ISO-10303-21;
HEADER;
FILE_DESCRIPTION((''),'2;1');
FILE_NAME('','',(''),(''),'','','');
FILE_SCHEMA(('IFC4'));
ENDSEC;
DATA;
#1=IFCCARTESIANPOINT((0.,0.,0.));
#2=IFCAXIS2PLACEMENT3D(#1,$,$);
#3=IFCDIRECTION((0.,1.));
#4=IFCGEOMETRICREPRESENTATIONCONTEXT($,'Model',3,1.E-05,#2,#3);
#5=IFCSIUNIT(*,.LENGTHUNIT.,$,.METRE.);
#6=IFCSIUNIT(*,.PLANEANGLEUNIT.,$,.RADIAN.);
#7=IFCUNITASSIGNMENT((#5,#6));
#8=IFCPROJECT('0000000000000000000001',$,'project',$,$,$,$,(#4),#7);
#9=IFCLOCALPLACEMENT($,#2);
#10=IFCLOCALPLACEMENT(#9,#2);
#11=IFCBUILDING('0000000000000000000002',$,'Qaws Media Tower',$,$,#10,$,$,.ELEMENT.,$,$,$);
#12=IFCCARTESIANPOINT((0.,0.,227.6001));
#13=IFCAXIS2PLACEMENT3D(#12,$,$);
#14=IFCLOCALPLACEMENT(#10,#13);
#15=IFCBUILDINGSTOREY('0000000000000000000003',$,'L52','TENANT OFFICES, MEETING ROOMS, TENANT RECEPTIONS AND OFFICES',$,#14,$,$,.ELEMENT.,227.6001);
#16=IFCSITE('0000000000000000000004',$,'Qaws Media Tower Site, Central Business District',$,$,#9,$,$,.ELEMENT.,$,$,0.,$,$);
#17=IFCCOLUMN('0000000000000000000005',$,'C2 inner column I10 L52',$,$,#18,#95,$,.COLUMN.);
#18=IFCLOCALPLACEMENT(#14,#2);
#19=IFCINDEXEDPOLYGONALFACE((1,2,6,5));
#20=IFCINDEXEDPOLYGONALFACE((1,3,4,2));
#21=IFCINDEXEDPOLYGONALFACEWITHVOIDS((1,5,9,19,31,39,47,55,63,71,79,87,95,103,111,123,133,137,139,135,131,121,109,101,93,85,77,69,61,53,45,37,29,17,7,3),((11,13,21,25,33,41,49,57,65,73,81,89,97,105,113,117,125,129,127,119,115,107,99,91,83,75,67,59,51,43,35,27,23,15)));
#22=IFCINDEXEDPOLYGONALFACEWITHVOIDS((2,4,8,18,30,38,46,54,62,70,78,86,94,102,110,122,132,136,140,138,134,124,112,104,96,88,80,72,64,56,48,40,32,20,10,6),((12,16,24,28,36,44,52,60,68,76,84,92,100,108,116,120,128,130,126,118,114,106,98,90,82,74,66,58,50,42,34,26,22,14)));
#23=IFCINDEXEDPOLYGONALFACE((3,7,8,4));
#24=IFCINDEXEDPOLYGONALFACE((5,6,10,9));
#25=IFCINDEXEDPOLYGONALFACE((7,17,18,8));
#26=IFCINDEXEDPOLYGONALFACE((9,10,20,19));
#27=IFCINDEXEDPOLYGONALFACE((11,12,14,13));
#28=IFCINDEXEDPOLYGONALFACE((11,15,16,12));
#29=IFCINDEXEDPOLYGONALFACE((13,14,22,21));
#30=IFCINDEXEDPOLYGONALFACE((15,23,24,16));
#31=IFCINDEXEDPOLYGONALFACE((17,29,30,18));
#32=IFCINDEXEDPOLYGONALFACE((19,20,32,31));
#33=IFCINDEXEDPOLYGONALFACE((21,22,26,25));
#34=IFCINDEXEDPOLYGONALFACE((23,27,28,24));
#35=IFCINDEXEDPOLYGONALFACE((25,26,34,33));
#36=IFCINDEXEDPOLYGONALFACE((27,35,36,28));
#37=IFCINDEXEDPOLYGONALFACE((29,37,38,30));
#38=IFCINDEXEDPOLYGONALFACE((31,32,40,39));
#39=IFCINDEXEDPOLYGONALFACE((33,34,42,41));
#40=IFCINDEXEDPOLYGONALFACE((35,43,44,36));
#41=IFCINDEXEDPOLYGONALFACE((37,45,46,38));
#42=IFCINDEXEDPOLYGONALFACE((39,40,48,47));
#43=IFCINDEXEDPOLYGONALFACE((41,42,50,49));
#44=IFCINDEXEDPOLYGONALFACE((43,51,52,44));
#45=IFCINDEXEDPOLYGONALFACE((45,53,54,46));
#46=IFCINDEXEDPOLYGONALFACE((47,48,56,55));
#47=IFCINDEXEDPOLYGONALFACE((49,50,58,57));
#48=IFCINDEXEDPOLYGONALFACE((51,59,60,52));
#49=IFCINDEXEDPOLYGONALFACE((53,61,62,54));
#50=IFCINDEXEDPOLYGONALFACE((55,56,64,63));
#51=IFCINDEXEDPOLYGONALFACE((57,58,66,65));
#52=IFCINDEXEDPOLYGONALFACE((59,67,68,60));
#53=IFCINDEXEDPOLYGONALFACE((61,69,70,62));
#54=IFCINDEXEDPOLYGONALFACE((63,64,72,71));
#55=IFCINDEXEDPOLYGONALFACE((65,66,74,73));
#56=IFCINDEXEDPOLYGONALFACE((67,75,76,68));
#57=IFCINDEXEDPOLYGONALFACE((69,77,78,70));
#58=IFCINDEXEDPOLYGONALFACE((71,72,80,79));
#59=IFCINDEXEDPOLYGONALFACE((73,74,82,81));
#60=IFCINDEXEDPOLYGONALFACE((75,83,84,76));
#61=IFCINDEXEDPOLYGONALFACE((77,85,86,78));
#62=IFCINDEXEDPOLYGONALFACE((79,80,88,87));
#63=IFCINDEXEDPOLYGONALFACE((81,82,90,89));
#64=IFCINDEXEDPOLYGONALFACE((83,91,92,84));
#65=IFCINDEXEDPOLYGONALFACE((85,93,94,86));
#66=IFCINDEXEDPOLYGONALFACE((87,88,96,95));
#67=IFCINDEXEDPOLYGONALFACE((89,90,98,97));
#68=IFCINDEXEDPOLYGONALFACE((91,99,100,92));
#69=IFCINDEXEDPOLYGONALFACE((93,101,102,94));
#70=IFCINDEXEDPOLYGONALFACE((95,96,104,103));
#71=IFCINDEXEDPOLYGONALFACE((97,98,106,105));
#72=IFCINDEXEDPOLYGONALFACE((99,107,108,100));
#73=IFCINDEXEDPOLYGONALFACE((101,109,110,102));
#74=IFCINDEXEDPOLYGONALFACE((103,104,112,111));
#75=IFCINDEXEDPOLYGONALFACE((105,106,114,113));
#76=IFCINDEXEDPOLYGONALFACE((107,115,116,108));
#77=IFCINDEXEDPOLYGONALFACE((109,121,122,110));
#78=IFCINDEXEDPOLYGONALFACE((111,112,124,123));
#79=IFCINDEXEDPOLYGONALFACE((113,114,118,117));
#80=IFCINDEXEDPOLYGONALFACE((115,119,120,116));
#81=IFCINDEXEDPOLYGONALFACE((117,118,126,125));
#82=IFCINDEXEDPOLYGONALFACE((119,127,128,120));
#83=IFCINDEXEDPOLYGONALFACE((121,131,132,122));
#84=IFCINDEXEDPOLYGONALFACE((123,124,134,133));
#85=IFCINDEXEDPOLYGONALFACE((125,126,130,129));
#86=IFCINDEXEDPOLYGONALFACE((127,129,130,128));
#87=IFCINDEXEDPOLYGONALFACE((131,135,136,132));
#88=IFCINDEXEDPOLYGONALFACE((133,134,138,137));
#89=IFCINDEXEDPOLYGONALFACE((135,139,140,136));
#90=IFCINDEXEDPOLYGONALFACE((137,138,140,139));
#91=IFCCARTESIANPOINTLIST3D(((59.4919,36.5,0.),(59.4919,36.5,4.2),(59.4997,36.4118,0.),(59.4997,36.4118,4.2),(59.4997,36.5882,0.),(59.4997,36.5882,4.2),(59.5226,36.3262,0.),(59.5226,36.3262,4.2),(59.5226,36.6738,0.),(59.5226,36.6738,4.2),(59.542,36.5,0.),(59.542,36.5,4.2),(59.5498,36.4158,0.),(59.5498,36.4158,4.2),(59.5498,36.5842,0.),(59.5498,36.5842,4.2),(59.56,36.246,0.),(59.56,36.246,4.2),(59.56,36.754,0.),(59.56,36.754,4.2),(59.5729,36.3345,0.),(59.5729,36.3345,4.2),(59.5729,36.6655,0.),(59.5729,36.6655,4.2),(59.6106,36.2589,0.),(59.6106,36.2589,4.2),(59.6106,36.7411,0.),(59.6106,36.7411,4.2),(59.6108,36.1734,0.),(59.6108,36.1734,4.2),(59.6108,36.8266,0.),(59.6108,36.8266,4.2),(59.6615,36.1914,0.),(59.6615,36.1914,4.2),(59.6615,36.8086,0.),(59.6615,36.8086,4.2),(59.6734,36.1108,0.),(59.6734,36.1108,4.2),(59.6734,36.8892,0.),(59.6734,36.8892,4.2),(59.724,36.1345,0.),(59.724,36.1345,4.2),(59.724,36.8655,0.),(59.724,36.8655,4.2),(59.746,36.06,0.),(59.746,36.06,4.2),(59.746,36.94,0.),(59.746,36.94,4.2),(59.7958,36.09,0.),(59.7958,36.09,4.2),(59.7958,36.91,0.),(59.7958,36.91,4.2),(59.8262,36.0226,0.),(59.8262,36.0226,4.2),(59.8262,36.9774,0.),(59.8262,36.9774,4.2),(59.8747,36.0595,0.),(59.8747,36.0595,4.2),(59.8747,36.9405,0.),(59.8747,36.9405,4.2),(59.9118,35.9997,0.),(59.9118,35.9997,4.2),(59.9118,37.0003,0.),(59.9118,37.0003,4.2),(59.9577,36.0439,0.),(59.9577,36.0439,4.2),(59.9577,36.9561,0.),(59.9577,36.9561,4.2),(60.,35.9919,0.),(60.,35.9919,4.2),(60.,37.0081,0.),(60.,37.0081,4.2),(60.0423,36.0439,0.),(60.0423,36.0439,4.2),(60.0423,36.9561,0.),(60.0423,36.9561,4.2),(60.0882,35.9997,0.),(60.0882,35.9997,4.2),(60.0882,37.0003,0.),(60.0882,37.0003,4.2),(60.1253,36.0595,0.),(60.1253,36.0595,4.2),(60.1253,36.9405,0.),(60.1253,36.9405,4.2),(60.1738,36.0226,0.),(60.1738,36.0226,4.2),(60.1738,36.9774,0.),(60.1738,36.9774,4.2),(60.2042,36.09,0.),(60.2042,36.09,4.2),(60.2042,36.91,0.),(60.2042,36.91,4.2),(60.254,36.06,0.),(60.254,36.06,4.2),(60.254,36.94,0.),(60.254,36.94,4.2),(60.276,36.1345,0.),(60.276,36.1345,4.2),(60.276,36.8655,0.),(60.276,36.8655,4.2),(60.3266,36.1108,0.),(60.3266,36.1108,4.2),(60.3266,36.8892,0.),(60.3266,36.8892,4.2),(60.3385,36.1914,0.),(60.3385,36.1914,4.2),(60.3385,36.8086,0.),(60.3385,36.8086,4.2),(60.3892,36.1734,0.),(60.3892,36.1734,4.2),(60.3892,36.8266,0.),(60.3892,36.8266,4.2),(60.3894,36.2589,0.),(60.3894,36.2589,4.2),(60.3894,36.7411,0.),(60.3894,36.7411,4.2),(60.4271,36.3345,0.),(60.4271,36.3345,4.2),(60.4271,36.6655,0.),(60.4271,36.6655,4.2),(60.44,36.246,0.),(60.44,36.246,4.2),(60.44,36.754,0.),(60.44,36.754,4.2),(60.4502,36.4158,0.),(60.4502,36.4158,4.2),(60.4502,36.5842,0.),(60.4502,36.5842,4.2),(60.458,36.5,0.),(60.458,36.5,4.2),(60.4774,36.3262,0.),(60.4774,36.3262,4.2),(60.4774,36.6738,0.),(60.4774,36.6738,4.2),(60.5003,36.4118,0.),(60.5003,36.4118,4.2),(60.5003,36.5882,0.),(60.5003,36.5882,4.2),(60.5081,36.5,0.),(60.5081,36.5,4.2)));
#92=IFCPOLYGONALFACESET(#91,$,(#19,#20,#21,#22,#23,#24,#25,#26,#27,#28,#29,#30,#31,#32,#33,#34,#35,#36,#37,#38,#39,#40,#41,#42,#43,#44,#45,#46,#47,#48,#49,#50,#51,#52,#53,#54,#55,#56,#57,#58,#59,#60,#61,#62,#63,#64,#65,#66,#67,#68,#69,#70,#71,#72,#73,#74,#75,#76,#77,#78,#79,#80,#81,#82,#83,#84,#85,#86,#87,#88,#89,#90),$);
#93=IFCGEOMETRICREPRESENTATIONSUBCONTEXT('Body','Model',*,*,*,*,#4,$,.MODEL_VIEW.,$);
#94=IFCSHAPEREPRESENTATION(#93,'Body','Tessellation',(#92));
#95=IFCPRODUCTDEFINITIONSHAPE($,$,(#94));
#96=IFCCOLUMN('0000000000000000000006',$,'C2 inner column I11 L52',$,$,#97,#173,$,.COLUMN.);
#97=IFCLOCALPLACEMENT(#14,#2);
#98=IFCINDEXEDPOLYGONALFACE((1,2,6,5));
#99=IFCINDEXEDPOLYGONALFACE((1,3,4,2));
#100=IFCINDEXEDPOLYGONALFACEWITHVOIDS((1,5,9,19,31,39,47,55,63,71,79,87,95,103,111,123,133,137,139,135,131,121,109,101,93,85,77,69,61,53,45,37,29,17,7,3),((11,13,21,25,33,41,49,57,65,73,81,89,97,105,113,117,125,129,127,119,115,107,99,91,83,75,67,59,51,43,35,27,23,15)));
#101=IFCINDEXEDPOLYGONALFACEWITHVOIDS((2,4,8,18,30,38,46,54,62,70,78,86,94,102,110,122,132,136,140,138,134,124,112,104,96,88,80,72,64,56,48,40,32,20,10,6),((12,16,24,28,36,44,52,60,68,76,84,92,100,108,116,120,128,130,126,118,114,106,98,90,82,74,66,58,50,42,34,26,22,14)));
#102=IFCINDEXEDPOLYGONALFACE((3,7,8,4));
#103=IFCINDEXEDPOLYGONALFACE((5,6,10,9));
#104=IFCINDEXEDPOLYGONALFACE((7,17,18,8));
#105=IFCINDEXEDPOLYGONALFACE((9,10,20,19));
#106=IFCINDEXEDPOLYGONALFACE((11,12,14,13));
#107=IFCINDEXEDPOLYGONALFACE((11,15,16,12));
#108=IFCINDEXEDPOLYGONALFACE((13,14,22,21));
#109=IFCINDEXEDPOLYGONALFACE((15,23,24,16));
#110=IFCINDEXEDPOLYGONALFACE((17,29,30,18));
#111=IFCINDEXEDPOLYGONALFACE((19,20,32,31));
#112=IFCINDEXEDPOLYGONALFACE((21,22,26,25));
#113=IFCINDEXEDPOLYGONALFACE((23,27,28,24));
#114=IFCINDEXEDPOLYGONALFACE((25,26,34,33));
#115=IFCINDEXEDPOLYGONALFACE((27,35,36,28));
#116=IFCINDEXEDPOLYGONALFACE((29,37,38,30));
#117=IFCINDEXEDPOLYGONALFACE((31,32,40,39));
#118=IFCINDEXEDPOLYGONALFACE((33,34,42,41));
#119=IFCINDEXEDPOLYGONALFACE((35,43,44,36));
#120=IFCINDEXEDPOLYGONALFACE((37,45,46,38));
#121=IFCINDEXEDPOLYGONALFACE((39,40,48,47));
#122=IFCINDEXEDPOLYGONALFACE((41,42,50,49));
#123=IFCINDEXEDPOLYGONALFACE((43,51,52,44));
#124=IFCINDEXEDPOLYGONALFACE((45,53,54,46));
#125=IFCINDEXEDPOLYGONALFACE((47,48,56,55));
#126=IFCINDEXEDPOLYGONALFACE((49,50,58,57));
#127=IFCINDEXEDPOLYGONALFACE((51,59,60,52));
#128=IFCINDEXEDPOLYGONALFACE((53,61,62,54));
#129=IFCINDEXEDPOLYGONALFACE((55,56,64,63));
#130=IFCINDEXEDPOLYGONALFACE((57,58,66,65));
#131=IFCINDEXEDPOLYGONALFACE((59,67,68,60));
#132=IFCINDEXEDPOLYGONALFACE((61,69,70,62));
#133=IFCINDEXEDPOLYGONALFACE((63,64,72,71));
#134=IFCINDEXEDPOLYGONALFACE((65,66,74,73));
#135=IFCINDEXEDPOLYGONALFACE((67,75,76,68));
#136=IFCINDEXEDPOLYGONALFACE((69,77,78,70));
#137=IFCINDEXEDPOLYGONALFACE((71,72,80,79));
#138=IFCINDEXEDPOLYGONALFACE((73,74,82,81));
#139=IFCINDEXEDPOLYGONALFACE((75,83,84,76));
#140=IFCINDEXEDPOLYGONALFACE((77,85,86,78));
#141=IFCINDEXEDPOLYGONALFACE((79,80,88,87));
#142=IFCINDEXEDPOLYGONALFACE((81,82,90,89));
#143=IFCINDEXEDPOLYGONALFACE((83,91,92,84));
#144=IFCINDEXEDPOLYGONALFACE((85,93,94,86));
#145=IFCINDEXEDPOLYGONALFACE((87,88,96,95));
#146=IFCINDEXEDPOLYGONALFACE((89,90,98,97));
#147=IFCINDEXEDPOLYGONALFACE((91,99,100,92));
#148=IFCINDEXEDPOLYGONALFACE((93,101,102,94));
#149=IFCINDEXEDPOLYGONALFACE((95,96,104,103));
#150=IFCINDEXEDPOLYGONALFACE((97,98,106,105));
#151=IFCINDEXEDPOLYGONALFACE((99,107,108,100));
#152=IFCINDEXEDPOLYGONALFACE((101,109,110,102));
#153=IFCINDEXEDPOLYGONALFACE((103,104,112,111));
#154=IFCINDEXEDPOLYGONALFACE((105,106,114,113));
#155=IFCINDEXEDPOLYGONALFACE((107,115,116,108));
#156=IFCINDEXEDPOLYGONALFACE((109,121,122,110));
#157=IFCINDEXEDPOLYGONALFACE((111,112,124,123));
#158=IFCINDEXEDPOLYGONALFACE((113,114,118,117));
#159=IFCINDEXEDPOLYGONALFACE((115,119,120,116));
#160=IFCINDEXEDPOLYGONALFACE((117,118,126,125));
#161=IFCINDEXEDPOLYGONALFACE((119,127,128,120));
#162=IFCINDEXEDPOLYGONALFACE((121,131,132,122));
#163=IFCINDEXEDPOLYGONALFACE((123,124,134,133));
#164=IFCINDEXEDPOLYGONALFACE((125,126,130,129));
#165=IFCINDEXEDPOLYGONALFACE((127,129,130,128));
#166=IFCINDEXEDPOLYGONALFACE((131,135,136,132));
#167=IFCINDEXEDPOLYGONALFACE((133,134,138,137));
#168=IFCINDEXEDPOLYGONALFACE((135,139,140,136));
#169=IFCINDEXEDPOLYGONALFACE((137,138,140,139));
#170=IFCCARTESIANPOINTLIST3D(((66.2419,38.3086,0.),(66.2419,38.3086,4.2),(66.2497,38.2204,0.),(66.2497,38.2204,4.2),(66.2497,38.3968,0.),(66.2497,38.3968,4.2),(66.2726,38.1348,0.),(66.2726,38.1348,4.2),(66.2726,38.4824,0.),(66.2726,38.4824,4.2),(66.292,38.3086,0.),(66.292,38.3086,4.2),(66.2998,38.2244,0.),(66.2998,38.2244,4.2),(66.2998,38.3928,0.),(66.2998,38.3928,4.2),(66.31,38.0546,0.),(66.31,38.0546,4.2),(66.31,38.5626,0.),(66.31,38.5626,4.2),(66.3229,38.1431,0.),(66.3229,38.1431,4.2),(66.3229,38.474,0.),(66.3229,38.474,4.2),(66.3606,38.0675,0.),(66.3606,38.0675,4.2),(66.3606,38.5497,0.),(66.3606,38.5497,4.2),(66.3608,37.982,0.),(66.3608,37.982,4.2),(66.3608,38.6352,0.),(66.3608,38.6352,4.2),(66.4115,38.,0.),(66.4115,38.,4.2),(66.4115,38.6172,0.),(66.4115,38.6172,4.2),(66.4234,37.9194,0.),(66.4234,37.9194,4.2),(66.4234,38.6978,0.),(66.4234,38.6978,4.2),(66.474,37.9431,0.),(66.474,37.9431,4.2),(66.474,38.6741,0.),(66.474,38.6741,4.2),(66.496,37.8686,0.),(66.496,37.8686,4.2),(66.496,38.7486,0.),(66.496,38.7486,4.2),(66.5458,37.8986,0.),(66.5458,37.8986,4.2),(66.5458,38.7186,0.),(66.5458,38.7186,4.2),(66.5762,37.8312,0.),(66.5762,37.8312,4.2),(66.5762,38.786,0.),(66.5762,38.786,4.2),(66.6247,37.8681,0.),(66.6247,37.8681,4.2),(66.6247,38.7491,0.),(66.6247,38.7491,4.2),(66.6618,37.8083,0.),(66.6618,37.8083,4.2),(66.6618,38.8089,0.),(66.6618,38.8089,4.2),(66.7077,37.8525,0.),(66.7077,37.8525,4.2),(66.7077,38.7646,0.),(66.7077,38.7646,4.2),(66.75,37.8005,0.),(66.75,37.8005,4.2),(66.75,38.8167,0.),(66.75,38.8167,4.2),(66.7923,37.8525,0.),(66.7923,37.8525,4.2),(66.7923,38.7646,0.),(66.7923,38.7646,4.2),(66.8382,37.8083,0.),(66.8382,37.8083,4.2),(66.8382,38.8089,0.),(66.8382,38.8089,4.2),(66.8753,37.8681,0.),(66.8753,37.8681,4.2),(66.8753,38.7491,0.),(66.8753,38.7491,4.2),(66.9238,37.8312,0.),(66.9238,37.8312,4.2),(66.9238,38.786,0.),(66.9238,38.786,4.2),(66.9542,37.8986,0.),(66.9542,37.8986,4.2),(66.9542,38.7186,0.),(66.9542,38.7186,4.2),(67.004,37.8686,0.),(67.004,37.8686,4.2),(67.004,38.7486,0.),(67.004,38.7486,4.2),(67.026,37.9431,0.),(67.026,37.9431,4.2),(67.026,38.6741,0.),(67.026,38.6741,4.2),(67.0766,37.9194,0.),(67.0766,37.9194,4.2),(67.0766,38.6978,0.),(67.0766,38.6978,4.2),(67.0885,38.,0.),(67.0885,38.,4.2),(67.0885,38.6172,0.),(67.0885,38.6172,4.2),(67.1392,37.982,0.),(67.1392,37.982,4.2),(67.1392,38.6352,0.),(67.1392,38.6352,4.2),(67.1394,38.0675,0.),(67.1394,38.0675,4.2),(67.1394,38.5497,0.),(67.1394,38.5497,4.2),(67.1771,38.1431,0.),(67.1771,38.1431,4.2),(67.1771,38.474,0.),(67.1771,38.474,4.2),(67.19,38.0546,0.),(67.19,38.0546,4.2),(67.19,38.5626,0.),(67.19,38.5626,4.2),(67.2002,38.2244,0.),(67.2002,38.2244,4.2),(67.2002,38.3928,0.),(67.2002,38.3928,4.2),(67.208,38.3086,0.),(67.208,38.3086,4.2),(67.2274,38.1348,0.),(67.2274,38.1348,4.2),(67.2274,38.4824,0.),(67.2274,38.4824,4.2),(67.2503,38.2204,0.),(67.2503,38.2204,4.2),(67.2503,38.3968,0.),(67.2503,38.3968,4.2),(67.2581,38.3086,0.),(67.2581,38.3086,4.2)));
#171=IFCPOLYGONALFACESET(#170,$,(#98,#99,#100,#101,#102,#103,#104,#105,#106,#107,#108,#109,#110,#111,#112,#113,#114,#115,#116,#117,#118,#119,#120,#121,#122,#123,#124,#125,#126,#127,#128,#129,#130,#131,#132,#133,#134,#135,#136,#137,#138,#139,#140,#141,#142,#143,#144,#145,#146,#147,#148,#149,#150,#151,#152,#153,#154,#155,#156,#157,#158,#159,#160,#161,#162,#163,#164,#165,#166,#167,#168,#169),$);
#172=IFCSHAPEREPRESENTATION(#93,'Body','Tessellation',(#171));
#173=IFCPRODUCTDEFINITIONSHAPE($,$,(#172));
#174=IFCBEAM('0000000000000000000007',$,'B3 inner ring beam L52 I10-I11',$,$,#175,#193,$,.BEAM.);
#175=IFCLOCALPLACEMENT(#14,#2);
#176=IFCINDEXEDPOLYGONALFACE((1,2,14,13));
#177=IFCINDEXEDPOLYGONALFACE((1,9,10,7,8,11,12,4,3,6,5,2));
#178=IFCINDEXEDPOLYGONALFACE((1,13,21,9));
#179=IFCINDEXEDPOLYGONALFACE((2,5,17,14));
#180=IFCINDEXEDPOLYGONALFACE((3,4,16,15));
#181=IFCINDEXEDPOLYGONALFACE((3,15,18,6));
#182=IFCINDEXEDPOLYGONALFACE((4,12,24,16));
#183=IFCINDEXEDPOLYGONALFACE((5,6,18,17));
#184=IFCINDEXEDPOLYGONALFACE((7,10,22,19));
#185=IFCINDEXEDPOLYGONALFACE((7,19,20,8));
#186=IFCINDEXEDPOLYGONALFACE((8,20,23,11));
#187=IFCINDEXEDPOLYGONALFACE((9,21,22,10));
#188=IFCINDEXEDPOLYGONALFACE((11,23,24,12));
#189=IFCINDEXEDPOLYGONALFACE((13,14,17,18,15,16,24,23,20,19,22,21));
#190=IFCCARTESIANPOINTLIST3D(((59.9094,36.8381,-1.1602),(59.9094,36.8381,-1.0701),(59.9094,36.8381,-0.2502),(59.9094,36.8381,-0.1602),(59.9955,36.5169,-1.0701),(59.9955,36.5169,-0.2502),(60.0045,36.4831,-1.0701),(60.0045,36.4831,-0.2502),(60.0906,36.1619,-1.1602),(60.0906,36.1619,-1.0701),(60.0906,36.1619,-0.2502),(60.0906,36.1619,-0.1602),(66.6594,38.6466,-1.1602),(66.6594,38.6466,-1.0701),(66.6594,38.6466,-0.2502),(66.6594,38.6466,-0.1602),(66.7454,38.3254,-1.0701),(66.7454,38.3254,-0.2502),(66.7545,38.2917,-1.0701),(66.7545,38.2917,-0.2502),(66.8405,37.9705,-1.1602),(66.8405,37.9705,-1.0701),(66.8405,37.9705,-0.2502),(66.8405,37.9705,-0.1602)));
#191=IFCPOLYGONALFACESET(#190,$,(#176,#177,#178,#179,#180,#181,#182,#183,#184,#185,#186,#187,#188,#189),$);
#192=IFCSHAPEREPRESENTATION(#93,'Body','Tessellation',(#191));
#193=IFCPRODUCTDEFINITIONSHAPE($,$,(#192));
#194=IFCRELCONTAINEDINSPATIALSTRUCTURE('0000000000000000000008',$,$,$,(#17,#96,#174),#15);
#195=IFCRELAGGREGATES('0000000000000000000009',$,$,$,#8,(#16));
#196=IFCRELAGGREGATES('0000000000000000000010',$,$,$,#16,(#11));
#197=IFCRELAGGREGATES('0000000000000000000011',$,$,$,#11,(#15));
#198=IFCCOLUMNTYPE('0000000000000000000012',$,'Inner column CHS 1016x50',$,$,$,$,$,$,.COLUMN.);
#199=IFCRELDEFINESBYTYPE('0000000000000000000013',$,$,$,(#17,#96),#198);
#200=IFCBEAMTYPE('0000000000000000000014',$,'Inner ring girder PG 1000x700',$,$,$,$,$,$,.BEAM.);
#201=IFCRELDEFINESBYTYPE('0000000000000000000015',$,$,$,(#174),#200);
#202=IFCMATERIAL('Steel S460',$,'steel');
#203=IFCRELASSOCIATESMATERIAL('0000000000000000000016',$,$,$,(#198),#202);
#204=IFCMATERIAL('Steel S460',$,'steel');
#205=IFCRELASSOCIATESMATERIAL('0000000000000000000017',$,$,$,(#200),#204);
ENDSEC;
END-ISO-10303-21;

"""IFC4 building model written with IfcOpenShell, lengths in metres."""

from ifc_helpers import new_model, si_unit, direction, frame, origin, origin_2d, place, context, subcontext, project, spatial, hollow_circle, i_section, extrude, material, material_profile, profile_set, type_object, element, save


model = new_model("IFC4")

# Units and contexts
model_context = context("Model", 3, precision=1e-05, world=origin(), true_north=direction((0.0, 1.0)))
body_context = subcontext(model_context, "Body", "Model", "MODEL_VIEW")
ifc_project = project(units=[si_unit("LENGTHUNIT", "METRE"), si_unit("PLANEANGLEUNIT", "RADIAN")], contexts=[model_context])

# Site, building, storey
site_placement = place(None, origin())
site = spatial("IfcSite", under=ifc_project, at=site_placement, Name="Qaws Media Tower Site, Central Business District", CompositionType="ELEMENT", RefElevation=0.0)
building_placement = place(site_placement, origin())
building = spatial("IfcBuilding", under=site, at=building_placement, Name="Qaws Media Tower", CompositionType="ELEMENT")
storey_placement = place(building_placement, frame((0.0, 0.0, 227.6001)))
storey = spatial("IfcBuildingStorey", under=building, at=storey_placement, Name="L52", Description="TENANT OFFICES, MEETING ROOMS, TENANT RECEPTIONS AND OFFICES", CompositionType="ELEMENT", Elevation=227.6001)

# Columns
ifc_material_1 = material(Name="Steel S460", Category="steel")
ifc_material_profile_1 = material_profile(ifc_material_1, hollow_circle(Radius=0.5081, WallThickness=0.05, at=origin_2d()), Name="CHS 1016x50")
ifc_profile_set_1 = profile_set([ifc_material_profile_1], Name="Steel S460")
column_type = type_object("IfcColumnType", Name="Inner column CHS 1016x50", PredefinedType="COLUMN", material=ifc_profile_set_1)
for number, where, z_axis, x_axis, name in (
    (1, (60.0, 36.5, 0.0), (0.0, 0.0, 1.0), (1.0, 0.0, 0.0), "C2 inner column I10 L52"),
    (2, (66.75, 38.3086, 0.0), (0.0, 0.0, 1.0), (1.0, 0.0, 0.0), "C2 inner column I11 L52"),
):
    element("IfcColumn", number, at=place(storey_placement, frame(where, z_axis=z_axis, x_axis=x_axis)), inside=storey, type_object=column_type, Name=name, PredefinedType="COLUMN", context=body_context, shape_type="SweptSolid", body=[
        extrude(hollow_circle(Radius=0.5081, WallThickness=0.05, at=origin_2d()), origin(), (0.0, 0.0, 1.0), 4.2),
    ])

# Beam
ifc_material_2 = material(Name="Steel S460", Category="steel")
ifc_material_profile_2 = material_profile(ifc_material_2, i_section(OverallWidth=0.7, OverallDepth=1.0, WebThickness=0.0349, FlangeThickness=0.0901, at=origin_2d()), Name="PG 1000x700")
ifc_profile_set_2 = profile_set([ifc_material_profile_2], Name="Steel S460")
beam_type_1 = type_object("IfcBeamType", Name="Inner ring girder PG 1000x700", PredefinedType="BEAM", material=ifc_profile_set_2)
beam_1_placement = place(storey_placement, frame((60.0, 36.5, -0.6602), z_axis=(0.965928, 0.258811, 0.0), x_axis=(-0.258811, 0.965928, 0.0)))
element("IfcBeam", 3, at=beam_1_placement, inside=storey, type_object=beam_type_1, Name="B3 inner ring beam L52 I10-I11", PredefinedType="BEAM", context=body_context, shape_type="SweptSolid", body=[
    extrude(i_section(OverallWidth=0.7, OverallDepth=1.0, WebThickness=0.0349, FlangeThickness=0.0901, at=origin_2d()), origin(), (0.0, 0.0, 1.0), 6.988),
])

save(model, "model.ifc")
